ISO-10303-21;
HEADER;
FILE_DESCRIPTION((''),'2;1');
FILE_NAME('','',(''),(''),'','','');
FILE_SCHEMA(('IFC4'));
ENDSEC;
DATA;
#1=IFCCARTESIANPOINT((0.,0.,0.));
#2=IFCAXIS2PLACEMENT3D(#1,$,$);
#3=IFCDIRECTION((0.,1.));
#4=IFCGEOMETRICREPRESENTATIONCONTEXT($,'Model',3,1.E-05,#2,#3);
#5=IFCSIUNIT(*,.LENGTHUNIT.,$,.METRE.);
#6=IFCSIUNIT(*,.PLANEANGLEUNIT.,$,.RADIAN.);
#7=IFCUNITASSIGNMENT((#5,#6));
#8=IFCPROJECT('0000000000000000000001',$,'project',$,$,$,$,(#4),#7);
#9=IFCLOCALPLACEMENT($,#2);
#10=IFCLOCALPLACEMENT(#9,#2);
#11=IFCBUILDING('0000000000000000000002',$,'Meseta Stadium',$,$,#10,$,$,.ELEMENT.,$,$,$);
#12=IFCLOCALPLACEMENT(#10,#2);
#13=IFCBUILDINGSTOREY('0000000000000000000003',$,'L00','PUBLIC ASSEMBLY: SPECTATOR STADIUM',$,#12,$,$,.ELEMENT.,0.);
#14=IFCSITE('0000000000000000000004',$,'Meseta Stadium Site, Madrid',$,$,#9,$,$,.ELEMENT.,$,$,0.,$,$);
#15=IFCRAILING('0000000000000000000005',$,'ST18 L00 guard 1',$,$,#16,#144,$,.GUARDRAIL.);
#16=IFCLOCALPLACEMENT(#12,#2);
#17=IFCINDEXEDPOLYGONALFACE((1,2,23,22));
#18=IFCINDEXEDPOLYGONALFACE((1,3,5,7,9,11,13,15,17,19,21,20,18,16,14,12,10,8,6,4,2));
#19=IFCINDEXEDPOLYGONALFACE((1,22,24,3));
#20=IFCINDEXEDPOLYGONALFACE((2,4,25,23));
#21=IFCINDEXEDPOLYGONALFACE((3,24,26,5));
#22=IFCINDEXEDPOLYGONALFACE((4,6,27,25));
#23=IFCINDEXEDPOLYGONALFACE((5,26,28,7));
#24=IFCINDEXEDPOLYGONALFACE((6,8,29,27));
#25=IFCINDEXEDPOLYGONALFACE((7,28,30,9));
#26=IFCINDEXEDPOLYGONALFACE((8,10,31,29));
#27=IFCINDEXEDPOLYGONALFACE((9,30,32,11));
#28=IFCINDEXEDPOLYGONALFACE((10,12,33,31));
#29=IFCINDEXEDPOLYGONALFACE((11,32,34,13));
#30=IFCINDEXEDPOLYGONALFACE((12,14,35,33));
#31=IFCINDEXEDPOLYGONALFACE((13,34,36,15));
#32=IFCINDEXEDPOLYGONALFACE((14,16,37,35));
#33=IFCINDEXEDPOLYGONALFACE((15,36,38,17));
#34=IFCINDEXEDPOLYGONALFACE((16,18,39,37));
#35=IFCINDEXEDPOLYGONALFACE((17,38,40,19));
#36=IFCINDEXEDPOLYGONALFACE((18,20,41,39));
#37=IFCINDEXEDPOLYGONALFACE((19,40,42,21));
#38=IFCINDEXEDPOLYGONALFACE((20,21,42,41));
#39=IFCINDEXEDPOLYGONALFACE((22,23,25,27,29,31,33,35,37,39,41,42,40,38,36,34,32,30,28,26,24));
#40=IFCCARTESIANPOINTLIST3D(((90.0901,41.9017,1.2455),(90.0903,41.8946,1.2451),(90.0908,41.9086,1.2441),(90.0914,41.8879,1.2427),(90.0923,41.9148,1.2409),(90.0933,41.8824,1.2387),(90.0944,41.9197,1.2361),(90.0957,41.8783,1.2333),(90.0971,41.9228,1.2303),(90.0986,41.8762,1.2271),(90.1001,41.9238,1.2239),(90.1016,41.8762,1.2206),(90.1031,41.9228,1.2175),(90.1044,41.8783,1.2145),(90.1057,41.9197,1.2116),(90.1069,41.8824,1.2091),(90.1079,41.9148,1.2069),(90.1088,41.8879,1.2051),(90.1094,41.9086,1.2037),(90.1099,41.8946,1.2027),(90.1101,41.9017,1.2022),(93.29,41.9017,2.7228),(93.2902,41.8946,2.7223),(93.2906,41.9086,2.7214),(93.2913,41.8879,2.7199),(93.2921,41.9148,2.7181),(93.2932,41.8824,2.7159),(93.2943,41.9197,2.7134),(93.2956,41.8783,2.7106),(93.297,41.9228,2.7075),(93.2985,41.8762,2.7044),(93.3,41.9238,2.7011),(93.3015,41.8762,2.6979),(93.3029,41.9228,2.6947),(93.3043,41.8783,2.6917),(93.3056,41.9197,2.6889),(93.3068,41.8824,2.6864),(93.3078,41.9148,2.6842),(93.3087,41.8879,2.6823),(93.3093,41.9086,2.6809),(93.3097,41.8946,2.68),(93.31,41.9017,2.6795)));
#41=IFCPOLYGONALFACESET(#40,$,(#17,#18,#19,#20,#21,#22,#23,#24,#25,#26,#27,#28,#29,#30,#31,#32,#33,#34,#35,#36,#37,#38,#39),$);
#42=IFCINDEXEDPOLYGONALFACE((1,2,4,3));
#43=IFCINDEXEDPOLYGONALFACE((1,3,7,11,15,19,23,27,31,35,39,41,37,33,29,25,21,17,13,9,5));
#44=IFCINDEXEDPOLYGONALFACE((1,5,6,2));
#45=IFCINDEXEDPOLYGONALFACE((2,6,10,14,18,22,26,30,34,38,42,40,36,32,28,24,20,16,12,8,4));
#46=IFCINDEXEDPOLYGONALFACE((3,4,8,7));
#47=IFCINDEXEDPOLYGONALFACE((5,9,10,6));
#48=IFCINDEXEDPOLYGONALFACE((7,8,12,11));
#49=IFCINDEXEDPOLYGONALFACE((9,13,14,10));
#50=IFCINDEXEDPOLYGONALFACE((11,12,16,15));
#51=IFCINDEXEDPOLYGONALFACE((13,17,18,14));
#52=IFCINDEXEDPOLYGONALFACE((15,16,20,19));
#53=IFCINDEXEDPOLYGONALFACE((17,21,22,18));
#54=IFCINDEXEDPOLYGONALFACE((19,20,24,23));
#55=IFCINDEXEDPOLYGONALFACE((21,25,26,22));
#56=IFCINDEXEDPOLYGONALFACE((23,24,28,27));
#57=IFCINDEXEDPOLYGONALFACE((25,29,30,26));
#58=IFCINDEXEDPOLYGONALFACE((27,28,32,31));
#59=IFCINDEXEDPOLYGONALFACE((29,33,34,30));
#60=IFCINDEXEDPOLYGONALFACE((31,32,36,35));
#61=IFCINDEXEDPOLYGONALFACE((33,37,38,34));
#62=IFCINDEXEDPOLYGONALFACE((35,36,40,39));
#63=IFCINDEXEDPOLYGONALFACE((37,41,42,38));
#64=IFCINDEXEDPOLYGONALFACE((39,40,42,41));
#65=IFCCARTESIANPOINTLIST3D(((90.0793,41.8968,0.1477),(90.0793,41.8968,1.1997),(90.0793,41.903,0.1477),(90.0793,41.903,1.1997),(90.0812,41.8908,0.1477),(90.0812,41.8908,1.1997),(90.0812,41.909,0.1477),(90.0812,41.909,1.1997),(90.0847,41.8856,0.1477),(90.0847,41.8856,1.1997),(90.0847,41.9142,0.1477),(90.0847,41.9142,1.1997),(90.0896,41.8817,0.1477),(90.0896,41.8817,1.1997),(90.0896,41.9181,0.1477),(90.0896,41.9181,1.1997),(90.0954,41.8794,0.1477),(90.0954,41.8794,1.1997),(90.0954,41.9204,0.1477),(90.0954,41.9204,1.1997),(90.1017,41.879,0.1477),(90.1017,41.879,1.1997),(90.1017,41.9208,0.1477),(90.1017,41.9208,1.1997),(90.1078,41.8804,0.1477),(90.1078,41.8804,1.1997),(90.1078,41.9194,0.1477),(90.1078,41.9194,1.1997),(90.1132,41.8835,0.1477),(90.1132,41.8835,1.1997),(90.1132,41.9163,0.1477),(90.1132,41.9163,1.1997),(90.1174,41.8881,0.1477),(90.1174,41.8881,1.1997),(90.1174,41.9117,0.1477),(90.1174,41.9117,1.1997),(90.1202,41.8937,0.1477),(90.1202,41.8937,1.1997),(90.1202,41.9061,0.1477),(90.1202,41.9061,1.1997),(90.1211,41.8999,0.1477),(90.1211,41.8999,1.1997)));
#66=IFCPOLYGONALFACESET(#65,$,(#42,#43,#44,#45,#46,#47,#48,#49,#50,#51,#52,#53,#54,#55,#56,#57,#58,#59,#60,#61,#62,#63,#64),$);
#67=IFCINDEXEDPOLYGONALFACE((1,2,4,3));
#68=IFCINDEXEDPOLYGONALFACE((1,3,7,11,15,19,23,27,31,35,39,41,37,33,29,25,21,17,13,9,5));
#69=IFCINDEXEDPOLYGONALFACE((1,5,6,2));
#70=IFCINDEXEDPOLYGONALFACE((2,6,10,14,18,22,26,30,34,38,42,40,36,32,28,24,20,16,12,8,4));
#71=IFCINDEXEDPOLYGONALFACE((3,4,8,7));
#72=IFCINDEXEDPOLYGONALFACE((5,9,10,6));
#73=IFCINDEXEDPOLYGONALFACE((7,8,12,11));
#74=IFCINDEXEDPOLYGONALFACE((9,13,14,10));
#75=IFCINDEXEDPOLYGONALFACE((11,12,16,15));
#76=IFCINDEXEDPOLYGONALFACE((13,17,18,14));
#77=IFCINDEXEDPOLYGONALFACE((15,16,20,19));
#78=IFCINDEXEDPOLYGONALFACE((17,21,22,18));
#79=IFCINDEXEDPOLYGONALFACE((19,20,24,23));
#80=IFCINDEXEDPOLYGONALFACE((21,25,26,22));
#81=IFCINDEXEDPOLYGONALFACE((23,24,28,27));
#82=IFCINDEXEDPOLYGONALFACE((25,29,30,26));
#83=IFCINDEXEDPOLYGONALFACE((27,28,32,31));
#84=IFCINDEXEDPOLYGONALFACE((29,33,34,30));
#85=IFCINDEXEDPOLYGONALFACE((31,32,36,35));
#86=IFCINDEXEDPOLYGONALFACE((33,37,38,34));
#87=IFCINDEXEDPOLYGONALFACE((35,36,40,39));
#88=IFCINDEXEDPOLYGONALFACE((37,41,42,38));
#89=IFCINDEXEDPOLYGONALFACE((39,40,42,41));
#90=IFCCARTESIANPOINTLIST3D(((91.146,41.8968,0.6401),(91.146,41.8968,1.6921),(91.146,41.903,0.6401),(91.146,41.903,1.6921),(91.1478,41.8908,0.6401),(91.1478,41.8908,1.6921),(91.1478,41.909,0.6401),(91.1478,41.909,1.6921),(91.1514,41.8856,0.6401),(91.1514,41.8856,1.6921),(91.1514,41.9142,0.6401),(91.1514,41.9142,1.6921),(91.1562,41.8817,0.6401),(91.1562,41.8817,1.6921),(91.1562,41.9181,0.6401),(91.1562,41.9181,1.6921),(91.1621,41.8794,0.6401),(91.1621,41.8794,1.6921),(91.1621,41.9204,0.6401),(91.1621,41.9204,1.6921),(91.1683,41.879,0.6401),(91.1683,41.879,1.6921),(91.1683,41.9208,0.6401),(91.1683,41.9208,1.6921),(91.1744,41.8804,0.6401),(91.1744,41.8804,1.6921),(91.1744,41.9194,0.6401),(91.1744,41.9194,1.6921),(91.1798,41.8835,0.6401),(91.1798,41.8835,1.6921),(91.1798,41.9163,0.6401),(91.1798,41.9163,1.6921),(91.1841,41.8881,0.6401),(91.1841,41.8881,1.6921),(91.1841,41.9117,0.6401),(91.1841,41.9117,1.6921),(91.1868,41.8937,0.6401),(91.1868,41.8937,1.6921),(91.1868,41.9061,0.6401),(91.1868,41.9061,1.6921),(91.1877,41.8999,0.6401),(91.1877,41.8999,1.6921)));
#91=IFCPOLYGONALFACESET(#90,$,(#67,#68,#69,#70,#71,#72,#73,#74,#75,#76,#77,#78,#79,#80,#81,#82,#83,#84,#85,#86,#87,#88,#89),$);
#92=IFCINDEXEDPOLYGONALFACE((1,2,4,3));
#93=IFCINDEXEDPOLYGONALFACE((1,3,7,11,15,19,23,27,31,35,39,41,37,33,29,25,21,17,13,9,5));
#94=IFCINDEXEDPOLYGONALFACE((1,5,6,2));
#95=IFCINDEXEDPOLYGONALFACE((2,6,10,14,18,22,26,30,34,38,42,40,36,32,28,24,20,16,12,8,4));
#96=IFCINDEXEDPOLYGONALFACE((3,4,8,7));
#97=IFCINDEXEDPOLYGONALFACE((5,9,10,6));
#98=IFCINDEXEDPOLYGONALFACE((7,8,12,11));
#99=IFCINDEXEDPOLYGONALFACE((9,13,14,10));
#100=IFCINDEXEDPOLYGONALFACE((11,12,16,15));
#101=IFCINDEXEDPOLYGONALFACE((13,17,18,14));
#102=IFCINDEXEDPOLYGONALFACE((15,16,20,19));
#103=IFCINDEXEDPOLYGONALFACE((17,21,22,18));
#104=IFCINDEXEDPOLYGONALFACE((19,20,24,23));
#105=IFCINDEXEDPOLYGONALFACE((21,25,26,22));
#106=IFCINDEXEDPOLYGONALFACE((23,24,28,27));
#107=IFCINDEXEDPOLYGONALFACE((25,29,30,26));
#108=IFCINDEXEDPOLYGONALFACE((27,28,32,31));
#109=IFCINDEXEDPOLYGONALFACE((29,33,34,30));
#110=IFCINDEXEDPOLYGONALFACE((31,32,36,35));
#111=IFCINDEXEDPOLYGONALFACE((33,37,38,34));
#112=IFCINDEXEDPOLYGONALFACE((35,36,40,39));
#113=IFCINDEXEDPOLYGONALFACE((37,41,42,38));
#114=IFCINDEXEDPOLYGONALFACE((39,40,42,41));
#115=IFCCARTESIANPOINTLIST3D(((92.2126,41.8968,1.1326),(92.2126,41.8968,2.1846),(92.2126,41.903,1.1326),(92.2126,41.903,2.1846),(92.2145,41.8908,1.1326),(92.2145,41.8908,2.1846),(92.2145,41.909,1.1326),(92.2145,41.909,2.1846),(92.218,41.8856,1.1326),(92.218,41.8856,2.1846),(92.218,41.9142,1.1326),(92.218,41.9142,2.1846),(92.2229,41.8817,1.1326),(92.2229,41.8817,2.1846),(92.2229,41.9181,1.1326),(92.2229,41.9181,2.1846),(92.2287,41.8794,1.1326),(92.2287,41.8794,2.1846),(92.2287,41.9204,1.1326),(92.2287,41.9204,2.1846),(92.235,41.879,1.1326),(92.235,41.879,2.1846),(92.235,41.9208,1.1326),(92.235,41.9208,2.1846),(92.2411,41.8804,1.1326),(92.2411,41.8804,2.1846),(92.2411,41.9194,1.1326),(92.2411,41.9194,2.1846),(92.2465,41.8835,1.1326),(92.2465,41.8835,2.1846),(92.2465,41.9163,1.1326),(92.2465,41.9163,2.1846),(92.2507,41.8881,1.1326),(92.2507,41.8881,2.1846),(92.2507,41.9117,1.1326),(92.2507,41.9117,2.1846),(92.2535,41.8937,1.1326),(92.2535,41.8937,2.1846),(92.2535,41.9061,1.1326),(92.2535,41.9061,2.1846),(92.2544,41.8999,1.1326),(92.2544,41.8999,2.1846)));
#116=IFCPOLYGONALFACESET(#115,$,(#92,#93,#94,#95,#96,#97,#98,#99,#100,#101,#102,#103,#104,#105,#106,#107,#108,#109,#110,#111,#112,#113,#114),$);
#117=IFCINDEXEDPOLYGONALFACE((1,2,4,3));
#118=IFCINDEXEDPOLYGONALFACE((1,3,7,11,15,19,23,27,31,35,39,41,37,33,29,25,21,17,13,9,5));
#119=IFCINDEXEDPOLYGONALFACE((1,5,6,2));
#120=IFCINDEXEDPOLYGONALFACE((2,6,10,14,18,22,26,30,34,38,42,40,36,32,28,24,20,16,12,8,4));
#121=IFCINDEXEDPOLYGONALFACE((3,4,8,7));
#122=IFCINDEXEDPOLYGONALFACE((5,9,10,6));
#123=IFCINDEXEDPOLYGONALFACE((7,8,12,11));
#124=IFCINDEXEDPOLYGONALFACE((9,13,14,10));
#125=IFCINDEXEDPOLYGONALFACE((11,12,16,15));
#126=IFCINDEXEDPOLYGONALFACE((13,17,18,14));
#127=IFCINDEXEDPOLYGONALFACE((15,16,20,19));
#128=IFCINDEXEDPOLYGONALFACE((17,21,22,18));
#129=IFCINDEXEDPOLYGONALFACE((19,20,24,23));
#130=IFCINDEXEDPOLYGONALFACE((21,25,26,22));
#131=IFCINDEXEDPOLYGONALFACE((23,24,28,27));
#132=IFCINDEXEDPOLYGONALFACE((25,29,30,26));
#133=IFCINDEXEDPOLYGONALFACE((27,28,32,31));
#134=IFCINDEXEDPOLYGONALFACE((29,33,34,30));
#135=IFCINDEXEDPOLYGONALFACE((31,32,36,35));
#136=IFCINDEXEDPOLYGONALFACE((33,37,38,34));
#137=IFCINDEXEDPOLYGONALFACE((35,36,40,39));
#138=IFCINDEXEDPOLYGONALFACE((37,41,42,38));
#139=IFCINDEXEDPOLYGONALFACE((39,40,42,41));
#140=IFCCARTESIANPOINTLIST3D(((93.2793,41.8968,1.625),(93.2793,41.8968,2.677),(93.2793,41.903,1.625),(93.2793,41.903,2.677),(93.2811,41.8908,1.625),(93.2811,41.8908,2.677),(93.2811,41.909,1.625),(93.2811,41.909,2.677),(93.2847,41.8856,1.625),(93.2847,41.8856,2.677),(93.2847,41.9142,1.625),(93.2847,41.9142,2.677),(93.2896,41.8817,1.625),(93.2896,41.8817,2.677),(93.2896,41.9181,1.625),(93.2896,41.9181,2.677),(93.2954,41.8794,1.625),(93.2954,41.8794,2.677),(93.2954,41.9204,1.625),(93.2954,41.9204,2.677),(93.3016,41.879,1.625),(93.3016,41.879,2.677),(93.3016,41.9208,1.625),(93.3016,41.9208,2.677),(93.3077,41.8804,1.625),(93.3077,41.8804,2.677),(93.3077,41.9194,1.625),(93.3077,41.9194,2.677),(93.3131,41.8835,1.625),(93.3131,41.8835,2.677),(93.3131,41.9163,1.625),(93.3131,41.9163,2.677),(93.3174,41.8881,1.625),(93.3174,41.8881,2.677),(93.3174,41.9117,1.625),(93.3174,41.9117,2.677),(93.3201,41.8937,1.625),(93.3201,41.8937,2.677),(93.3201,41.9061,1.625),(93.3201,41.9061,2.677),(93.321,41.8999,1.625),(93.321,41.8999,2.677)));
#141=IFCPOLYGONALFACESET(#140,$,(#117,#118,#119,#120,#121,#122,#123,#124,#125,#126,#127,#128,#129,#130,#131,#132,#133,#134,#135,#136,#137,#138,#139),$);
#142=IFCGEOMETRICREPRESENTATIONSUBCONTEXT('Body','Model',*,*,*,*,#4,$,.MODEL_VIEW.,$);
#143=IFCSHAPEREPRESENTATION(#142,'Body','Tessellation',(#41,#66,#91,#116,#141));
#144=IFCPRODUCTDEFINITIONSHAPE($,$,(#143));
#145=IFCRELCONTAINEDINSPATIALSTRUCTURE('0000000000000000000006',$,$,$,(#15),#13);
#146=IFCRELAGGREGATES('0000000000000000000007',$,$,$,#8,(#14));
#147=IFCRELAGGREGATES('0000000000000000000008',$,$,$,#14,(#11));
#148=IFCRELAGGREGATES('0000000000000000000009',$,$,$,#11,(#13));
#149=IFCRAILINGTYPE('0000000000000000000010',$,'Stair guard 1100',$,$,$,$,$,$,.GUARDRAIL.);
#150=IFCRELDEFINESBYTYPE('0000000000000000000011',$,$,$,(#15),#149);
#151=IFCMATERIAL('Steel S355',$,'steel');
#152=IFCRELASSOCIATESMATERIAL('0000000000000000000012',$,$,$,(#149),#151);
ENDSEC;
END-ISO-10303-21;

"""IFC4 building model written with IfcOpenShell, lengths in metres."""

from ifc_helpers import new_model, si_unit, direction, frame, origin, origin_2d, place, context, subcontext, project, spatial, circle, extrude, material, type_object, element, save


model = new_model("IFC4")

# Units and contexts
model_context = context("Model", 3, precision=1e-05, world=origin(), true_north=direction((0.0, 1.0)))
body_context = subcontext(model_context, "Body", "Model", "MODEL_VIEW")
ifc_project = project(units=[si_unit("LENGTHUNIT", "METRE"), si_unit("PLANEANGLEUNIT", "RADIAN")], contexts=[model_context])

# Site, building, storey
site_placement = place(None, origin())
site = spatial("IfcSite", under=ifc_project, at=site_placement, Name="Meseta Stadium Site, Madrid", CompositionType="ELEMENT", RefElevation=0.0)
building_placement = place(site_placement, origin())
building = spatial("IfcBuilding", under=site, at=building_placement, Name="Meseta Stadium", CompositionType="ELEMENT")
storey_placement = place(building_placement, origin())
storey = spatial("IfcBuildingStorey", under=building, at=storey_placement, Name="L00", Description="PUBLIC ASSEMBLY: SPECTATOR STADIUM", CompositionType="ELEMENT", Elevation=0.0)

# Railing
ifc_material_1 = material(Name="Steel S355", Category="steel")
railing_type_1 = type_object("IfcRailingType", Name="Stair guard 1100", PredefinedType="GUARDRAIL", material=ifc_material_1)
railing_1_placement = place(storey_placement, frame((90.1001, 41.8999, 0.1477)))
element("IfcRailing", 1, at=railing_1_placement, inside=storey, type_object=railing_type_1, Name="ST18 L00 guard 1", PredefinedType="GUARDRAIL", context=body_context, shape_type="SweptSolid", body=[
    extrude(circle(Radius=0.0239, at=origin_2d()), frame((0.0, 0.0, 1.0762), z_axis=(0.907917, 0.0, 0.41915), x_axis=(0.0, 1.0, 0.0)), (0.0, 0.0, 1.0), 3.5244),
    extrude(circle(Radius=0.021, at=origin_2d()), origin(), (0.0, 0.0, 1.0), 1.052),
    extrude(circle(Radius=0.021, at=origin_2d()), frame((1.0667, 0.0, 0.4924)), (0.0, 0.0, 1.0), 1.052),
    extrude(circle(Radius=0.021, at=origin_2d()), frame((2.1333, 0.0, 0.9849)), (0.0, 0.0, 1.0), 1.052),
    extrude(circle(Radius=0.021, at=origin_2d()), frame((3.2, 0.0, 1.4773)), (0.0, 0.0, 1.0), 1.052),
])

save(model, "model.ifc")
